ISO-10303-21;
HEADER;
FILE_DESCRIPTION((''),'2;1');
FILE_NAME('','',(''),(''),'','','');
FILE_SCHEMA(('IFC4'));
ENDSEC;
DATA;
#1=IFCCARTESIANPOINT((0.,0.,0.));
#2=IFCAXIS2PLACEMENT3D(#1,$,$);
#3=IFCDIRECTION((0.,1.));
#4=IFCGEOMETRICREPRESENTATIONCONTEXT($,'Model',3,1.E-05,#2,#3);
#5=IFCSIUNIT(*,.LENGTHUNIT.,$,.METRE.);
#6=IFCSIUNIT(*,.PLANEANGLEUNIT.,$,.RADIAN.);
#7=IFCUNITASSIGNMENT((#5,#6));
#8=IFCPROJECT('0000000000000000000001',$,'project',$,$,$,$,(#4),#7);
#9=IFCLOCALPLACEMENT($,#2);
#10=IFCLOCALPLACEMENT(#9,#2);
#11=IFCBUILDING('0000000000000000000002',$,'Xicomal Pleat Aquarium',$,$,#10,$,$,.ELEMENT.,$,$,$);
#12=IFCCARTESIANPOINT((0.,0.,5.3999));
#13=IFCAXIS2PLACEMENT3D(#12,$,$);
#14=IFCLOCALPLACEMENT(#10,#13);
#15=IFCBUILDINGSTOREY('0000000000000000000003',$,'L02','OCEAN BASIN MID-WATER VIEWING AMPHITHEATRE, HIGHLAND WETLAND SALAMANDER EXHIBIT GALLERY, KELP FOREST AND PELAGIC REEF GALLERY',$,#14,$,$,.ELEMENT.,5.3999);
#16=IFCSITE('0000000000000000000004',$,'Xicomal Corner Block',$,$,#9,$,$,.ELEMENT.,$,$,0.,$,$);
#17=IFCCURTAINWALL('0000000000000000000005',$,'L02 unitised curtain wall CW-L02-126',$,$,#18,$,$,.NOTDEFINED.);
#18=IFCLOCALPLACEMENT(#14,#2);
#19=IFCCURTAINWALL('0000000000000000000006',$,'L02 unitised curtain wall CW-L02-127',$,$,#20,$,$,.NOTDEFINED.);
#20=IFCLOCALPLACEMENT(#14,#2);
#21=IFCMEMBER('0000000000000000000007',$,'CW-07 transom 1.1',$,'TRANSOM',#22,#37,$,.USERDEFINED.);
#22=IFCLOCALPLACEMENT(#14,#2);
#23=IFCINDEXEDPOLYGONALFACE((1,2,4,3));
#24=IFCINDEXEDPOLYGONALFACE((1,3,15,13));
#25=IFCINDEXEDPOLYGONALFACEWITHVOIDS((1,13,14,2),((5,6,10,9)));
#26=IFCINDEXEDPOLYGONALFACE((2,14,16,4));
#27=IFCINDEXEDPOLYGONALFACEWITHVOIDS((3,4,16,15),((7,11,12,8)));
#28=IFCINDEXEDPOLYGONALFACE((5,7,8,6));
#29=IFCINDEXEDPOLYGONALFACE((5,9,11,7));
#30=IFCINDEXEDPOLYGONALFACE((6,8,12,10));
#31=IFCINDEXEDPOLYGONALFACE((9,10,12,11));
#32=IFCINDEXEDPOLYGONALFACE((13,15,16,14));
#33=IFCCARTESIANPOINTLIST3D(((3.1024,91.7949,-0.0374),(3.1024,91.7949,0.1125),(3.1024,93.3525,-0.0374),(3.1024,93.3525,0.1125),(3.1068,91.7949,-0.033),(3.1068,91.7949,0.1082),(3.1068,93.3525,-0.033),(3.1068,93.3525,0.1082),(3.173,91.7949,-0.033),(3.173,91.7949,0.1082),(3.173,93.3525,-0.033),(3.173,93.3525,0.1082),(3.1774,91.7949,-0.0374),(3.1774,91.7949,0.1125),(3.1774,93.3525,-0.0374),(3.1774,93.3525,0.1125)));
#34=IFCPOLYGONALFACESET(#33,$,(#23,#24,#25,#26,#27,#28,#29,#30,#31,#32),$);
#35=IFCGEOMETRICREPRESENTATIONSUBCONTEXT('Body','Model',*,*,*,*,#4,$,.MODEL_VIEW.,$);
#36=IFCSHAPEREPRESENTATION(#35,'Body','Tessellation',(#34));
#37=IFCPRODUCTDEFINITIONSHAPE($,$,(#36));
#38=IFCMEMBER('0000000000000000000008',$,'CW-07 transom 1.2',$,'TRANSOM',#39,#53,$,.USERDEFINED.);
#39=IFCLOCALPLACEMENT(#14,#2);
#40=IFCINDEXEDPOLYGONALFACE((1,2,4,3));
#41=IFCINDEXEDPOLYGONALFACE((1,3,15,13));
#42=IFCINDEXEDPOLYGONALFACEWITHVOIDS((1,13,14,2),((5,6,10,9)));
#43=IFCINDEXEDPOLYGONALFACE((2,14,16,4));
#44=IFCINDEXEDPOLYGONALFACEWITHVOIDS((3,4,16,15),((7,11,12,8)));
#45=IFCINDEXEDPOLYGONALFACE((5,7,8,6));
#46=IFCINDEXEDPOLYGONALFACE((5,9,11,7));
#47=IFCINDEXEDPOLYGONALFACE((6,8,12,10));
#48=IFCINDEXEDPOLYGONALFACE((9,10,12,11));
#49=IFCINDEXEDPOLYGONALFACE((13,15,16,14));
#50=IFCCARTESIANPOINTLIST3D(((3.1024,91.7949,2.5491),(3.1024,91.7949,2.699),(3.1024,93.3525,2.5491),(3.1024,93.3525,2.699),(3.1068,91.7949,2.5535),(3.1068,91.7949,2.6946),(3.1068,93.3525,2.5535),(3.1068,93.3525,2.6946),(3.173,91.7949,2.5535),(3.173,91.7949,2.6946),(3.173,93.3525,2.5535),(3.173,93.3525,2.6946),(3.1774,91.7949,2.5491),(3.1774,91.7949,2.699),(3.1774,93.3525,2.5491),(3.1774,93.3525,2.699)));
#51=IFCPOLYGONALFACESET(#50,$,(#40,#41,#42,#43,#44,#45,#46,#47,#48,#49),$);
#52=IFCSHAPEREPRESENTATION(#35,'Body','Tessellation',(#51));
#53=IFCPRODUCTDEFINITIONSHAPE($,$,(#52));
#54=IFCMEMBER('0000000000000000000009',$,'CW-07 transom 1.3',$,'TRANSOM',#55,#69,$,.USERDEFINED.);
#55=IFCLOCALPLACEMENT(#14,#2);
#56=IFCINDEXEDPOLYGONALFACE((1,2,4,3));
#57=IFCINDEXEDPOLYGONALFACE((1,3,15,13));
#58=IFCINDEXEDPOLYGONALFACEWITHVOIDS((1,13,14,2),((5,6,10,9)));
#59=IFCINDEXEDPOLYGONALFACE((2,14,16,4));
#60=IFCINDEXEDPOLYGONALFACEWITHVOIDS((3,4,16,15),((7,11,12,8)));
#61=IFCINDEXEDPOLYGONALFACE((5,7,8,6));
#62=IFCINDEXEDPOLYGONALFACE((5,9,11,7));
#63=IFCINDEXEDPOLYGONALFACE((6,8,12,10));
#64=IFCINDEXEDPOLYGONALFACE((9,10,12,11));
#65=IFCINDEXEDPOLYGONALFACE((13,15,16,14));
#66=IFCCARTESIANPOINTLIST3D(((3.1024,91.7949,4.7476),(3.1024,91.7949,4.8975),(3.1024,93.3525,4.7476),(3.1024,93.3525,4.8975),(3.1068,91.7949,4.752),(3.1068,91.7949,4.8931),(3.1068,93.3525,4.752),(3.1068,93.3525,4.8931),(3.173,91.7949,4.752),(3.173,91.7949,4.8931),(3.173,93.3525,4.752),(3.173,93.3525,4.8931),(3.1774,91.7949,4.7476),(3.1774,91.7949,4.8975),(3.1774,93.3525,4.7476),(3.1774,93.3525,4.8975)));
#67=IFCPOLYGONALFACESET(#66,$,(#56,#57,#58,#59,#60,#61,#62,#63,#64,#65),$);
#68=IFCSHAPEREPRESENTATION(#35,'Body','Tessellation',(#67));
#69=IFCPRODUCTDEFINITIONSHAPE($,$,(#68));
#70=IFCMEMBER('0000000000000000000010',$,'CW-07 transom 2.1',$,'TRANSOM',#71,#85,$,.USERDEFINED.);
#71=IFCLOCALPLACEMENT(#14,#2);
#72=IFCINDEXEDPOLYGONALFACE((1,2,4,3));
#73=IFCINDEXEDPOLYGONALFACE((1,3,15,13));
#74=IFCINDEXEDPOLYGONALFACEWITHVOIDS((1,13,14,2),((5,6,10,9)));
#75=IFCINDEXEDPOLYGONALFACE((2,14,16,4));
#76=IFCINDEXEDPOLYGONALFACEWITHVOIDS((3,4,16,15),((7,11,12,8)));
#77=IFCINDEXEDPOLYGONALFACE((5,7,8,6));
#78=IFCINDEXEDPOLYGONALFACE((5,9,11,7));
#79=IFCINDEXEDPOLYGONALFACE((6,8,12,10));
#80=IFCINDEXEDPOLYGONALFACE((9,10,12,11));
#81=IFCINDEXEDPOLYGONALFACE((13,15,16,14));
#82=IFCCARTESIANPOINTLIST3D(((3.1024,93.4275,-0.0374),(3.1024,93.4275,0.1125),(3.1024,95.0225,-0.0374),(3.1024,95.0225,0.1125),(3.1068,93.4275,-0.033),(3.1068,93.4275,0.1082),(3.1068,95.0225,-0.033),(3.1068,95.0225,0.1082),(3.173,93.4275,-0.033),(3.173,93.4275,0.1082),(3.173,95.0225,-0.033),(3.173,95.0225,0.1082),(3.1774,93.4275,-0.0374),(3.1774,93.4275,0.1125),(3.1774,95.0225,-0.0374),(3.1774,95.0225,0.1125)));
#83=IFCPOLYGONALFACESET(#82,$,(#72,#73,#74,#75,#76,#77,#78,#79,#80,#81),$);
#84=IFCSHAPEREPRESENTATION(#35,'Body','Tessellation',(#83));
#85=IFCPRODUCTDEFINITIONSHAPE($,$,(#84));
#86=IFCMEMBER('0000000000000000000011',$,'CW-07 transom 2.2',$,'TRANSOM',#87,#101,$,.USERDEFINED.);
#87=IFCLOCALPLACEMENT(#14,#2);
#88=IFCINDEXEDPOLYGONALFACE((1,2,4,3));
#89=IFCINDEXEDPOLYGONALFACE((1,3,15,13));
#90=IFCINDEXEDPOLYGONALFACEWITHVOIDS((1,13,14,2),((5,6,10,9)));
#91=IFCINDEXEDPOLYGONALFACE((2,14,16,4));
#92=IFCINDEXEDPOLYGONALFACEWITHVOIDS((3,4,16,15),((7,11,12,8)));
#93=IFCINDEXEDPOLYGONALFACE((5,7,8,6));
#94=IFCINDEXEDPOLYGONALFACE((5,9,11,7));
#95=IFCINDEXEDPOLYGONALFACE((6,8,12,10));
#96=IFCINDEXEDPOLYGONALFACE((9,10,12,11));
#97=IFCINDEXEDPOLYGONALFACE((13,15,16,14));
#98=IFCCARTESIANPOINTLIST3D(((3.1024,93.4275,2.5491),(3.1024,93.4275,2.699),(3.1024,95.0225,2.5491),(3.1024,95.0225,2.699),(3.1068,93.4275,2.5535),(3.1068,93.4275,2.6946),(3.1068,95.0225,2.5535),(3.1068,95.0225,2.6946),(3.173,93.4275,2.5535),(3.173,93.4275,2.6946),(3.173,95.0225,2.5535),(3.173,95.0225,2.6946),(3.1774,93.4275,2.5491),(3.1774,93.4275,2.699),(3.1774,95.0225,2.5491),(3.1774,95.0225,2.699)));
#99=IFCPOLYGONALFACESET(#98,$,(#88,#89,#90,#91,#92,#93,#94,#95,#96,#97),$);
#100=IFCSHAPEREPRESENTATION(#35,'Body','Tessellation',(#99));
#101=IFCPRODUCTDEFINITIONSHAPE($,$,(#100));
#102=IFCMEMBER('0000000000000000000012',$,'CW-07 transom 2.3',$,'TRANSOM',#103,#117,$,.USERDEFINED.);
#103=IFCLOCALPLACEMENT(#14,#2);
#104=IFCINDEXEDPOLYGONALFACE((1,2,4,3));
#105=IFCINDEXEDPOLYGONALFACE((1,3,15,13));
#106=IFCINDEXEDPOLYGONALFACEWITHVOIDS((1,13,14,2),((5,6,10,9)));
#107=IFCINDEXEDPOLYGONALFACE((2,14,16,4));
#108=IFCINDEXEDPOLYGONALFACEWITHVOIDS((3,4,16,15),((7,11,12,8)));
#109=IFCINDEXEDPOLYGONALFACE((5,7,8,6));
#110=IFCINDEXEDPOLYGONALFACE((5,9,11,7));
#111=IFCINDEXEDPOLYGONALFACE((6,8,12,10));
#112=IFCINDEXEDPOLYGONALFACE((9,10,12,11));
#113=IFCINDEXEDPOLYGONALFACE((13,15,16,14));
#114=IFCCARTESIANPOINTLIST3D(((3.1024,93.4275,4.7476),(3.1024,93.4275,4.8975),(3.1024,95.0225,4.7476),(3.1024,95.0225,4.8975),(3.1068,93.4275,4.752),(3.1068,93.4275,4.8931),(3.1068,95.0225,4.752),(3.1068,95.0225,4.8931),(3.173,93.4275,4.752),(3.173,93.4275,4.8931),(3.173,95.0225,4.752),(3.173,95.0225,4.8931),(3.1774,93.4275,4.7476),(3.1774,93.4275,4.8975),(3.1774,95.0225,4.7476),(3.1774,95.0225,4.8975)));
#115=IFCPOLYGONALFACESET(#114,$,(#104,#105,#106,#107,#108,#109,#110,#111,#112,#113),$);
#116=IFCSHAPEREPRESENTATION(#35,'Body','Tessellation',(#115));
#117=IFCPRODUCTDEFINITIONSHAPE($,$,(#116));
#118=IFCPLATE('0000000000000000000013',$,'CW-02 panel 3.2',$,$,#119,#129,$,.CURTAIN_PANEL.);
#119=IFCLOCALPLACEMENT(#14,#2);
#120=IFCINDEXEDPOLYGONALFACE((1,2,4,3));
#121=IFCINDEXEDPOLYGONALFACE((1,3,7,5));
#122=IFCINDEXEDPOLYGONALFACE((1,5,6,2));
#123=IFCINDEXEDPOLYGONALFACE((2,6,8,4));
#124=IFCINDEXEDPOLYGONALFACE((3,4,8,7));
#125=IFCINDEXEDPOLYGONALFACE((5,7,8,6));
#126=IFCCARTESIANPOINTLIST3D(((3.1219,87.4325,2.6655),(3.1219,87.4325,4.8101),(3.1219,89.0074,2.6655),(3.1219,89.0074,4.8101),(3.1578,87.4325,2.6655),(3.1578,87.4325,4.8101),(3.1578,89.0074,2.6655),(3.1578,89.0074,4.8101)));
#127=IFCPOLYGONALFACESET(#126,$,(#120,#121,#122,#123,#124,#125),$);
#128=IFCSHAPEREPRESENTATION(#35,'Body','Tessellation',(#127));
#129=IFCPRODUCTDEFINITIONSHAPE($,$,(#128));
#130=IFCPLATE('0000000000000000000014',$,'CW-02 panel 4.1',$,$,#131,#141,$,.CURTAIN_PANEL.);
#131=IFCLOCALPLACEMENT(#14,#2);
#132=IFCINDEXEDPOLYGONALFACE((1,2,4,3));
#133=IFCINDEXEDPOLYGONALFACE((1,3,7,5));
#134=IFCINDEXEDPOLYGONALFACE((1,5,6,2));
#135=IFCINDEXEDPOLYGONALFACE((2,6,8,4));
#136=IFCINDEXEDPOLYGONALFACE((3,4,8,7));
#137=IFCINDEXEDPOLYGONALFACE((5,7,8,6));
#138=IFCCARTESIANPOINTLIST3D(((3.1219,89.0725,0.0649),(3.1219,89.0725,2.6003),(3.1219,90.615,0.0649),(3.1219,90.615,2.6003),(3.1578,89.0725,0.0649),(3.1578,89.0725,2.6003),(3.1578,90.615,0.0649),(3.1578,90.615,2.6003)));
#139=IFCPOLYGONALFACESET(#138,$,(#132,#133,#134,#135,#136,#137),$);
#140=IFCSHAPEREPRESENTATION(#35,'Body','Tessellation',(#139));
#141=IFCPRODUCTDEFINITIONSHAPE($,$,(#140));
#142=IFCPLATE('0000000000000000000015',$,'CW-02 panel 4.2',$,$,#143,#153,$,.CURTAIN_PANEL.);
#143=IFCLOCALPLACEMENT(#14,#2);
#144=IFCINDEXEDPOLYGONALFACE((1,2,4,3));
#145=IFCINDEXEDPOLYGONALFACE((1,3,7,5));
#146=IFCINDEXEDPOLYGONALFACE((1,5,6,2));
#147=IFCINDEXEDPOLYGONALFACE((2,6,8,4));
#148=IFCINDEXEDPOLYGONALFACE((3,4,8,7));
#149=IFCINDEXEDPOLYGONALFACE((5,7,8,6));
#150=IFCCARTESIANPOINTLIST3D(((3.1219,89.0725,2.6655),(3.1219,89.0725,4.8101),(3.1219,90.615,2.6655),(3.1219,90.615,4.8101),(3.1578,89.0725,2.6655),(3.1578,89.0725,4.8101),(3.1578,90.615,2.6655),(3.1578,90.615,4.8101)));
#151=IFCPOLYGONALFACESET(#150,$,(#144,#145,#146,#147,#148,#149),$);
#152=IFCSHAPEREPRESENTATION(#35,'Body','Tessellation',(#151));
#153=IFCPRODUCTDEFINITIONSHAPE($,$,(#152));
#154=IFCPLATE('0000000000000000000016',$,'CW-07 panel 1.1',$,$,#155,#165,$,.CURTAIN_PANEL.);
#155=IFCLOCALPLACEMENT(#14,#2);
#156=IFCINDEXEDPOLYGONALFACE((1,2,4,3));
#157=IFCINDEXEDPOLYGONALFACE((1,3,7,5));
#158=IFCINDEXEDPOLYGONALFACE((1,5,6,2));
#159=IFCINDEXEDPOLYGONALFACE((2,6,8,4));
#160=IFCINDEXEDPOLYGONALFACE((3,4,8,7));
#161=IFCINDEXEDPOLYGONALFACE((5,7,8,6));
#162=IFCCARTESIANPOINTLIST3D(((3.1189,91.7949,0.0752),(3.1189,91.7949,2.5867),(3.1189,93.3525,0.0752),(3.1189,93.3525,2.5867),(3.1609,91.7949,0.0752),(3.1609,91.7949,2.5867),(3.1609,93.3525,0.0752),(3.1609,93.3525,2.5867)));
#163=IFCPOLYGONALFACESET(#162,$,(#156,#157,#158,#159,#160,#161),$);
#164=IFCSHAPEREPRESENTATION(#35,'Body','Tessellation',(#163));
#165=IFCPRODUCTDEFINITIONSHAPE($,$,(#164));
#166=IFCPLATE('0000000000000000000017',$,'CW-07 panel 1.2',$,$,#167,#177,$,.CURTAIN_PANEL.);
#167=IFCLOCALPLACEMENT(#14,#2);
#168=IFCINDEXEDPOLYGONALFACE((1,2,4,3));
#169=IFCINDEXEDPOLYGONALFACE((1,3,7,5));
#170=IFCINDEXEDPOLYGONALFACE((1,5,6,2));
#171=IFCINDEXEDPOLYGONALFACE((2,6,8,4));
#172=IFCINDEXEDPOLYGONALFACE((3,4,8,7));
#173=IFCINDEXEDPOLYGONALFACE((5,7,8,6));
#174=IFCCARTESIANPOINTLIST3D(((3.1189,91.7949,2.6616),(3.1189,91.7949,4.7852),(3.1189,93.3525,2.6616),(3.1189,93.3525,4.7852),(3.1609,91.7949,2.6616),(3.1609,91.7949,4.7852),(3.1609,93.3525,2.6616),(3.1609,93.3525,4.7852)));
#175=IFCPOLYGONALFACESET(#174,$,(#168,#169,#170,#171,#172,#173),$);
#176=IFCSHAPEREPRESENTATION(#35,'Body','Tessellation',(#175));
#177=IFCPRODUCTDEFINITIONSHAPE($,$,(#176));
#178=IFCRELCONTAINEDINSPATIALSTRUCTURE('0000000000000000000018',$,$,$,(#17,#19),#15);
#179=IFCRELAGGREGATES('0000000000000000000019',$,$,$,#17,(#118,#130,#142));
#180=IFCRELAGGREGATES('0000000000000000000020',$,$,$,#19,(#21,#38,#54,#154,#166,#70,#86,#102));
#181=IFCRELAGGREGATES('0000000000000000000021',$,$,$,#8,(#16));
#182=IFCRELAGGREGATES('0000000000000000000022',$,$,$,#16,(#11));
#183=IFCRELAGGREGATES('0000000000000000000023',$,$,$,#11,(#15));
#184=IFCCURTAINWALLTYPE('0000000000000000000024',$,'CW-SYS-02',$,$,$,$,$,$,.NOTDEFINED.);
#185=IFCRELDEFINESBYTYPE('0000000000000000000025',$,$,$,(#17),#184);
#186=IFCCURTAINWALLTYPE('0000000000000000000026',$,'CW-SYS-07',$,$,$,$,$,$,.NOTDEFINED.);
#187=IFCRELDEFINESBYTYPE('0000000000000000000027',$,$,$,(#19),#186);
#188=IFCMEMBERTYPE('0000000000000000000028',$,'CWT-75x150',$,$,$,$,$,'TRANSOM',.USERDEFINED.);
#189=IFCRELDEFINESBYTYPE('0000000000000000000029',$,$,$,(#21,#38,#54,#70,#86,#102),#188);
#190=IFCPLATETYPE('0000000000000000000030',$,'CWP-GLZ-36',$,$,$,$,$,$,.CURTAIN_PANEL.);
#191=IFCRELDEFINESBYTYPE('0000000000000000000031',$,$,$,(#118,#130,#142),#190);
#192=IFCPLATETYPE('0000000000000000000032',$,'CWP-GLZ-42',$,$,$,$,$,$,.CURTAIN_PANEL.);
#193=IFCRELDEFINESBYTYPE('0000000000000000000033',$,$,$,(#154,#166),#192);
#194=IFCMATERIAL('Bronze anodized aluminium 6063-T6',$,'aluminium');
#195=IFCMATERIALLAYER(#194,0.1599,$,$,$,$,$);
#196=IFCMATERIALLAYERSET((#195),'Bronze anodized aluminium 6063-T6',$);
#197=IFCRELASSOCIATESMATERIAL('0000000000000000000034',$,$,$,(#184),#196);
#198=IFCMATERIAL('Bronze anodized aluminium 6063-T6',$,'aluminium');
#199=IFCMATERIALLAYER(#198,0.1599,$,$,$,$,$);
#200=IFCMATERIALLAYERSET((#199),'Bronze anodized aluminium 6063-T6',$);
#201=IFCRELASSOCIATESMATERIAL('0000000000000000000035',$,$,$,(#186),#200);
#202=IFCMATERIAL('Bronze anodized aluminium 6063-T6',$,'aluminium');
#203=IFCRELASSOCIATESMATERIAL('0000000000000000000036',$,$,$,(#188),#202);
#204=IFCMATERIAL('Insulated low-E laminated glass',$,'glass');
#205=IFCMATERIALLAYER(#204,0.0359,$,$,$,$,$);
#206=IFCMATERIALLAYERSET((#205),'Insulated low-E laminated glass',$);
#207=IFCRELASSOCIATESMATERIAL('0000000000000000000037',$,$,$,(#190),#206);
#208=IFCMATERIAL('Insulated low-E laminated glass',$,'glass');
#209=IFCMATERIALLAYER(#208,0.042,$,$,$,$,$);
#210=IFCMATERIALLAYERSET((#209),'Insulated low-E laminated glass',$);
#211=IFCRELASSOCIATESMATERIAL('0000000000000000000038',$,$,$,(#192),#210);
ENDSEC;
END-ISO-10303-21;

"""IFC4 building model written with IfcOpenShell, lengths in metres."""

from ifc_helpers import new_model, si_unit, direction, frame, origin, origin_2d, place, context, subcontext, project, spatial, rectangle, hollow_rectangle, extrude, material, layer, layer_set, material_profile, profile_set, type_object, element, aggregate, save


model = new_model("IFC4")

# Units and contexts
model_context = context("Model", 3, precision=1e-05, world=origin(), true_north=direction((0.0, 1.0)))
body_context = subcontext(model_context, "Body", "Model", "MODEL_VIEW")
ifc_project = project(units=[si_unit("LENGTHUNIT", "METRE"), si_unit("PLANEANGLEUNIT", "RADIAN")], contexts=[model_context])

# Site, building, storey
site_placement = place(None, origin())
site = spatial("IfcSite", under=ifc_project, at=site_placement, Name="Xicomal Corner Block", CompositionType="ELEMENT", RefElevation=0.0)
building_placement = place(site_placement, origin())
building = spatial("IfcBuilding", under=site, at=building_placement, Name="Xicomal Pleat Aquarium", CompositionType="ELEMENT")
storey_placement = place(building_placement, frame((0.0, 0.0, 5.3999)))
storey = spatial("IfcBuildingStorey", under=building, at=storey_placement, Name="L02", Description="OCEAN BASIN MID-WATER VIEWING AMPHITHEATRE, HIGHLAND WETLAND SALAMANDER EXHIBIT GALLERY, KELP FOREST AND PELAGIC REEF GALLERY", CompositionType="ELEMENT", Elevation=5.3999)

# Curtain walls
ifc_material_1 = material(Name="Bronze anodized aluminium 6063-T6", Category="aluminium")
ifc_layer_1 = layer(ifc_material_1, 0.1599)
ifc_layer_set_1 = layer_set([ifc_layer_1], Name="Bronze anodized aluminium 6063-T6")
curtain_wall_type_1 = type_object("IfcCurtainWallType", Name="CW-SYS-02", PredefinedType="NOTDEFINED", material=ifc_layer_set_1)
curtain_wall_1_placement = place(storey_placement, origin())
curtain_wall_1 = element("IfcCurtainWall", 1, at=curtain_wall_1_placement, inside=storey, type_object=curtain_wall_type_1, Name="L02 unitised curtain wall CW-L02-126", PredefinedType="NOTDEFINED")
ifc_material_2 = material(Name="Bronze anodized aluminium 6063-T6", Category="aluminium")
ifc_layer_2 = layer(ifc_material_2, 0.1599)
ifc_layer_set_2 = layer_set([ifc_layer_2], Name="Bronze anodized aluminium 6063-T6")
curtain_wall_type_2 = type_object("IfcCurtainWallType", Name="CW-SYS-07", PredefinedType="NOTDEFINED", material=ifc_layer_set_2)
curtain_wall_2_placement = place(storey_placement, origin())
curtain_wall_2 = element("IfcCurtainWall", 2, at=curtain_wall_2_placement, inside=storey, type_object=curtain_wall_type_2, Name="L02 unitised curtain wall CW-L02-127", PredefinedType="NOTDEFINED")

# Members
ifc_material_3 = material(Name="Bronze anodized aluminium 6063-T6", Category="aluminium")
ifc_material_profile_1 = material_profile(ifc_material_3, hollow_rectangle(XDim=0.075, YDim=0.1499, WallThickness=0.0044, at=origin_2d()), Name="ALU TRAN 75x150")
ifc_profile_set_1 = profile_set([ifc_material_profile_1], Name="Bronze anodized aluminium 6063-T6")
member_type_1 = type_object("IfcMemberType", Name="CWT-75x150", ElementType="TRANSOM", PredefinedType="USERDEFINED", material=ifc_profile_set_1)
member_1_placement = place(storey_placement, frame((3.1399, 91.7949, 0.0376), z_axis=(0.0, 1.0, 0.0), x_axis=(-1.0, 0.0, 0.0)))
member_1 = element("IfcMember", 3, at=member_1_placement, type_object=member_type_1, Name="CW-07 transom 1.1", ObjectType="TRANSOM", PredefinedType="USERDEFINED", context=body_context, shape_type="SweptSolid", body=[
    extrude(hollow_rectangle(XDim=0.075, YDim=0.1499, WallThickness=0.0044, at=origin_2d()), origin(), (0.0, 0.0, 1.0), 1.5576),
])
member_2_placement = place(storey_placement, frame((3.1399, 91.7949, 2.624), z_axis=(0.0, 1.0, 0.0), x_axis=(-1.0, 0.0, 0.0)))
member_2 = element("IfcMember", 4, at=member_2_placement, type_object=member_type_1, Name="CW-07 transom 1.2", ObjectType="TRANSOM", PredefinedType="USERDEFINED", context=body_context, shape_type="SweptSolid", body=[
    extrude(hollow_rectangle(XDim=0.075, YDim=0.1499, WallThickness=0.0044, at=origin_2d()), origin(), (0.0, 0.0, 1.0), 1.5576),
])
member_3_placement = place(storey_placement, frame((3.1399, 91.7949, 4.8225), z_axis=(0.0, 1.0, 0.0), x_axis=(-1.0, 0.0, 0.0)))
member_3 = element("IfcMember", 5, at=member_3_placement, type_object=member_type_1, Name="CW-07 transom 1.3", ObjectType="TRANSOM", PredefinedType="USERDEFINED", context=body_context, shape_type="SweptSolid", body=[
    extrude(hollow_rectangle(XDim=0.075, YDim=0.1499, WallThickness=0.0044, at=origin_2d()), origin(), (0.0, 0.0, 1.0), 1.5576),
])
member_4_placement = place(storey_placement, frame((3.1399, 93.4275, 0.0376), z_axis=(0.0, 1.0, 0.0), x_axis=(-1.0, 0.0, 0.0)))
member_4 = element("IfcMember", 6, at=member_4_placement, type_object=member_type_1, Name="CW-07 transom 2.1", ObjectType="TRANSOM", PredefinedType="USERDEFINED", context=body_context, shape_type="SweptSolid", body=[
    extrude(hollow_rectangle(XDim=0.075, YDim=0.1499, WallThickness=0.0044, at=origin_2d()), origin(), (0.0, 0.0, 1.0), 1.595),
])
member_5_placement = place(storey_placement, frame((3.1399, 93.4275, 2.624), z_axis=(0.0, 1.0, 0.0), x_axis=(-1.0, 0.0, 0.0)))
member_5 = element("IfcMember", 7, at=member_5_placement, type_object=member_type_1, Name="CW-07 transom 2.2", ObjectType="TRANSOM", PredefinedType="USERDEFINED", context=body_context, shape_type="SweptSolid", body=[
    extrude(hollow_rectangle(XDim=0.075, YDim=0.1499, WallThickness=0.0044, at=origin_2d()), origin(), (0.0, 0.0, 1.0), 1.595),
])
member_6_placement = place(storey_placement, frame((3.1399, 93.4275, 4.8225), z_axis=(0.0, 1.0, 0.0), x_axis=(-1.0, 0.0, 0.0)))
member_6 = element("IfcMember", 8, at=member_6_placement, type_object=member_type_1, Name="CW-07 transom 2.3", ObjectType="TRANSOM", PredefinedType="USERDEFINED", context=body_context, shape_type="SweptSolid", body=[
    extrude(hollow_rectangle(XDim=0.075, YDim=0.1499, WallThickness=0.0044, at=origin_2d()), origin(), (0.0, 0.0, 1.0), 1.595),
])

# Plates
ifc_material_4 = material(Name="Insulated low-E laminated glass", Category="glass")
ifc_layer_3 = layer(ifc_material_4, 0.0359)
ifc_layer_set_3 = layer_set([ifc_layer_3], Name="Insulated low-E laminated glass")
plate_type_1 = type_object("IfcPlateType", Name="CWP-GLZ-36", PredefinedType="CURTAIN_PANEL", material=ifc_layer_set_3)
plate_1_placement = place(storey_placement, frame((3.1399, 88.22, 2.6655), z_axis=(0.0, 0.0, 1.0), x_axis=(0.0, 1.0, 0.0)))
plate_1 = element("IfcPlate", 9, at=plate_1_placement, type_object=plate_type_1, Name="CW-02 panel 3.2", PredefinedType="CURTAIN_PANEL", context=body_context, shape_type="SweptSolid", body=[
    extrude(rectangle(XDim=1.575, YDim=0.0359, at=origin_2d()), origin(), (0.0, 0.0, 1.0), 2.1445),
])
plate_2_placement = place(storey_placement, frame((3.1399, 89.8438, 0.0649), z_axis=(0.0, 0.0, 1.0), x_axis=(0.0, 1.0, 0.0)))
plate_2 = element("IfcPlate", 10, at=plate_2_placement, type_object=plate_type_1, Name="CW-02 panel 4.1", PredefinedType="CURTAIN_PANEL", context=body_context, shape_type="SweptSolid", body=[
    extrude(rectangle(XDim=1.5425, YDim=0.0359, at=origin_2d()), origin(), (0.0, 0.0, 1.0), 2.5354),
])
plate_3_placement = place(storey_placement, frame((3.1399, 89.8438, 2.6655), z_axis=(0.0, 0.0, 1.0), x_axis=(0.0, 1.0, 0.0)))
plate_3 = element("IfcPlate", 11, at=plate_3_placement, type_object=plate_type_1, Name="CW-02 panel 4.2", PredefinedType="CURTAIN_PANEL", context=body_context, shape_type="SweptSolid", body=[
    extrude(rectangle(XDim=1.5425, YDim=0.0359, at=origin_2d()), origin(), (0.0, 0.0, 1.0), 2.1445),
])
aggregate(curtain_wall_1, [plate_1, plate_2, plate_3])
ifc_material_5 = material(Name="Insulated low-E laminated glass", Category="glass")
ifc_layer_4 = layer(ifc_material_5, 0.042)
ifc_layer_set_4 = layer_set([ifc_layer_4], Name="Insulated low-E laminated glass")
plate_type_2 = type_object("IfcPlateType", Name="CWP-GLZ-42", PredefinedType="CURTAIN_PANEL", material=ifc_layer_set_4)
plate_4_placement = place(storey_placement, frame((3.1399, 92.5737, 0.0752), z_axis=(0.0, 0.0, 1.0), x_axis=(0.0, 1.0, 0.0)))
plate_4 = element("IfcPlate", 12, at=plate_4_placement, type_object=plate_type_2, Name="CW-07 panel 1.1", PredefinedType="CURTAIN_PANEL", context=body_context, shape_type="SweptSolid", body=[
    extrude(rectangle(XDim=1.5576, YDim=0.042, at=origin_2d()), origin(), (0.0, 0.0, 1.0), 2.5115),
])
plate_5_placement = place(storey_placement, frame((3.1399, 92.5737, 2.6616), z_axis=(0.0, 0.0, 1.0), x_axis=(0.0, 1.0, 0.0)))
plate_5 = element("IfcPlate", 13, at=plate_5_placement, type_object=plate_type_2, Name="CW-07 panel 1.2", PredefinedType="CURTAIN_PANEL", context=body_context, shape_type="SweptSolid", body=[
    extrude(rectangle(XDim=1.5576, YDim=0.042, at=origin_2d()), origin(), (0.0, 0.0, 1.0), 2.1235),
])
aggregate(curtain_wall_2, [member_1, member_2, member_3, plate_4, plate_5, member_4, member_5, member_6])

save(model, "model.ifc")
